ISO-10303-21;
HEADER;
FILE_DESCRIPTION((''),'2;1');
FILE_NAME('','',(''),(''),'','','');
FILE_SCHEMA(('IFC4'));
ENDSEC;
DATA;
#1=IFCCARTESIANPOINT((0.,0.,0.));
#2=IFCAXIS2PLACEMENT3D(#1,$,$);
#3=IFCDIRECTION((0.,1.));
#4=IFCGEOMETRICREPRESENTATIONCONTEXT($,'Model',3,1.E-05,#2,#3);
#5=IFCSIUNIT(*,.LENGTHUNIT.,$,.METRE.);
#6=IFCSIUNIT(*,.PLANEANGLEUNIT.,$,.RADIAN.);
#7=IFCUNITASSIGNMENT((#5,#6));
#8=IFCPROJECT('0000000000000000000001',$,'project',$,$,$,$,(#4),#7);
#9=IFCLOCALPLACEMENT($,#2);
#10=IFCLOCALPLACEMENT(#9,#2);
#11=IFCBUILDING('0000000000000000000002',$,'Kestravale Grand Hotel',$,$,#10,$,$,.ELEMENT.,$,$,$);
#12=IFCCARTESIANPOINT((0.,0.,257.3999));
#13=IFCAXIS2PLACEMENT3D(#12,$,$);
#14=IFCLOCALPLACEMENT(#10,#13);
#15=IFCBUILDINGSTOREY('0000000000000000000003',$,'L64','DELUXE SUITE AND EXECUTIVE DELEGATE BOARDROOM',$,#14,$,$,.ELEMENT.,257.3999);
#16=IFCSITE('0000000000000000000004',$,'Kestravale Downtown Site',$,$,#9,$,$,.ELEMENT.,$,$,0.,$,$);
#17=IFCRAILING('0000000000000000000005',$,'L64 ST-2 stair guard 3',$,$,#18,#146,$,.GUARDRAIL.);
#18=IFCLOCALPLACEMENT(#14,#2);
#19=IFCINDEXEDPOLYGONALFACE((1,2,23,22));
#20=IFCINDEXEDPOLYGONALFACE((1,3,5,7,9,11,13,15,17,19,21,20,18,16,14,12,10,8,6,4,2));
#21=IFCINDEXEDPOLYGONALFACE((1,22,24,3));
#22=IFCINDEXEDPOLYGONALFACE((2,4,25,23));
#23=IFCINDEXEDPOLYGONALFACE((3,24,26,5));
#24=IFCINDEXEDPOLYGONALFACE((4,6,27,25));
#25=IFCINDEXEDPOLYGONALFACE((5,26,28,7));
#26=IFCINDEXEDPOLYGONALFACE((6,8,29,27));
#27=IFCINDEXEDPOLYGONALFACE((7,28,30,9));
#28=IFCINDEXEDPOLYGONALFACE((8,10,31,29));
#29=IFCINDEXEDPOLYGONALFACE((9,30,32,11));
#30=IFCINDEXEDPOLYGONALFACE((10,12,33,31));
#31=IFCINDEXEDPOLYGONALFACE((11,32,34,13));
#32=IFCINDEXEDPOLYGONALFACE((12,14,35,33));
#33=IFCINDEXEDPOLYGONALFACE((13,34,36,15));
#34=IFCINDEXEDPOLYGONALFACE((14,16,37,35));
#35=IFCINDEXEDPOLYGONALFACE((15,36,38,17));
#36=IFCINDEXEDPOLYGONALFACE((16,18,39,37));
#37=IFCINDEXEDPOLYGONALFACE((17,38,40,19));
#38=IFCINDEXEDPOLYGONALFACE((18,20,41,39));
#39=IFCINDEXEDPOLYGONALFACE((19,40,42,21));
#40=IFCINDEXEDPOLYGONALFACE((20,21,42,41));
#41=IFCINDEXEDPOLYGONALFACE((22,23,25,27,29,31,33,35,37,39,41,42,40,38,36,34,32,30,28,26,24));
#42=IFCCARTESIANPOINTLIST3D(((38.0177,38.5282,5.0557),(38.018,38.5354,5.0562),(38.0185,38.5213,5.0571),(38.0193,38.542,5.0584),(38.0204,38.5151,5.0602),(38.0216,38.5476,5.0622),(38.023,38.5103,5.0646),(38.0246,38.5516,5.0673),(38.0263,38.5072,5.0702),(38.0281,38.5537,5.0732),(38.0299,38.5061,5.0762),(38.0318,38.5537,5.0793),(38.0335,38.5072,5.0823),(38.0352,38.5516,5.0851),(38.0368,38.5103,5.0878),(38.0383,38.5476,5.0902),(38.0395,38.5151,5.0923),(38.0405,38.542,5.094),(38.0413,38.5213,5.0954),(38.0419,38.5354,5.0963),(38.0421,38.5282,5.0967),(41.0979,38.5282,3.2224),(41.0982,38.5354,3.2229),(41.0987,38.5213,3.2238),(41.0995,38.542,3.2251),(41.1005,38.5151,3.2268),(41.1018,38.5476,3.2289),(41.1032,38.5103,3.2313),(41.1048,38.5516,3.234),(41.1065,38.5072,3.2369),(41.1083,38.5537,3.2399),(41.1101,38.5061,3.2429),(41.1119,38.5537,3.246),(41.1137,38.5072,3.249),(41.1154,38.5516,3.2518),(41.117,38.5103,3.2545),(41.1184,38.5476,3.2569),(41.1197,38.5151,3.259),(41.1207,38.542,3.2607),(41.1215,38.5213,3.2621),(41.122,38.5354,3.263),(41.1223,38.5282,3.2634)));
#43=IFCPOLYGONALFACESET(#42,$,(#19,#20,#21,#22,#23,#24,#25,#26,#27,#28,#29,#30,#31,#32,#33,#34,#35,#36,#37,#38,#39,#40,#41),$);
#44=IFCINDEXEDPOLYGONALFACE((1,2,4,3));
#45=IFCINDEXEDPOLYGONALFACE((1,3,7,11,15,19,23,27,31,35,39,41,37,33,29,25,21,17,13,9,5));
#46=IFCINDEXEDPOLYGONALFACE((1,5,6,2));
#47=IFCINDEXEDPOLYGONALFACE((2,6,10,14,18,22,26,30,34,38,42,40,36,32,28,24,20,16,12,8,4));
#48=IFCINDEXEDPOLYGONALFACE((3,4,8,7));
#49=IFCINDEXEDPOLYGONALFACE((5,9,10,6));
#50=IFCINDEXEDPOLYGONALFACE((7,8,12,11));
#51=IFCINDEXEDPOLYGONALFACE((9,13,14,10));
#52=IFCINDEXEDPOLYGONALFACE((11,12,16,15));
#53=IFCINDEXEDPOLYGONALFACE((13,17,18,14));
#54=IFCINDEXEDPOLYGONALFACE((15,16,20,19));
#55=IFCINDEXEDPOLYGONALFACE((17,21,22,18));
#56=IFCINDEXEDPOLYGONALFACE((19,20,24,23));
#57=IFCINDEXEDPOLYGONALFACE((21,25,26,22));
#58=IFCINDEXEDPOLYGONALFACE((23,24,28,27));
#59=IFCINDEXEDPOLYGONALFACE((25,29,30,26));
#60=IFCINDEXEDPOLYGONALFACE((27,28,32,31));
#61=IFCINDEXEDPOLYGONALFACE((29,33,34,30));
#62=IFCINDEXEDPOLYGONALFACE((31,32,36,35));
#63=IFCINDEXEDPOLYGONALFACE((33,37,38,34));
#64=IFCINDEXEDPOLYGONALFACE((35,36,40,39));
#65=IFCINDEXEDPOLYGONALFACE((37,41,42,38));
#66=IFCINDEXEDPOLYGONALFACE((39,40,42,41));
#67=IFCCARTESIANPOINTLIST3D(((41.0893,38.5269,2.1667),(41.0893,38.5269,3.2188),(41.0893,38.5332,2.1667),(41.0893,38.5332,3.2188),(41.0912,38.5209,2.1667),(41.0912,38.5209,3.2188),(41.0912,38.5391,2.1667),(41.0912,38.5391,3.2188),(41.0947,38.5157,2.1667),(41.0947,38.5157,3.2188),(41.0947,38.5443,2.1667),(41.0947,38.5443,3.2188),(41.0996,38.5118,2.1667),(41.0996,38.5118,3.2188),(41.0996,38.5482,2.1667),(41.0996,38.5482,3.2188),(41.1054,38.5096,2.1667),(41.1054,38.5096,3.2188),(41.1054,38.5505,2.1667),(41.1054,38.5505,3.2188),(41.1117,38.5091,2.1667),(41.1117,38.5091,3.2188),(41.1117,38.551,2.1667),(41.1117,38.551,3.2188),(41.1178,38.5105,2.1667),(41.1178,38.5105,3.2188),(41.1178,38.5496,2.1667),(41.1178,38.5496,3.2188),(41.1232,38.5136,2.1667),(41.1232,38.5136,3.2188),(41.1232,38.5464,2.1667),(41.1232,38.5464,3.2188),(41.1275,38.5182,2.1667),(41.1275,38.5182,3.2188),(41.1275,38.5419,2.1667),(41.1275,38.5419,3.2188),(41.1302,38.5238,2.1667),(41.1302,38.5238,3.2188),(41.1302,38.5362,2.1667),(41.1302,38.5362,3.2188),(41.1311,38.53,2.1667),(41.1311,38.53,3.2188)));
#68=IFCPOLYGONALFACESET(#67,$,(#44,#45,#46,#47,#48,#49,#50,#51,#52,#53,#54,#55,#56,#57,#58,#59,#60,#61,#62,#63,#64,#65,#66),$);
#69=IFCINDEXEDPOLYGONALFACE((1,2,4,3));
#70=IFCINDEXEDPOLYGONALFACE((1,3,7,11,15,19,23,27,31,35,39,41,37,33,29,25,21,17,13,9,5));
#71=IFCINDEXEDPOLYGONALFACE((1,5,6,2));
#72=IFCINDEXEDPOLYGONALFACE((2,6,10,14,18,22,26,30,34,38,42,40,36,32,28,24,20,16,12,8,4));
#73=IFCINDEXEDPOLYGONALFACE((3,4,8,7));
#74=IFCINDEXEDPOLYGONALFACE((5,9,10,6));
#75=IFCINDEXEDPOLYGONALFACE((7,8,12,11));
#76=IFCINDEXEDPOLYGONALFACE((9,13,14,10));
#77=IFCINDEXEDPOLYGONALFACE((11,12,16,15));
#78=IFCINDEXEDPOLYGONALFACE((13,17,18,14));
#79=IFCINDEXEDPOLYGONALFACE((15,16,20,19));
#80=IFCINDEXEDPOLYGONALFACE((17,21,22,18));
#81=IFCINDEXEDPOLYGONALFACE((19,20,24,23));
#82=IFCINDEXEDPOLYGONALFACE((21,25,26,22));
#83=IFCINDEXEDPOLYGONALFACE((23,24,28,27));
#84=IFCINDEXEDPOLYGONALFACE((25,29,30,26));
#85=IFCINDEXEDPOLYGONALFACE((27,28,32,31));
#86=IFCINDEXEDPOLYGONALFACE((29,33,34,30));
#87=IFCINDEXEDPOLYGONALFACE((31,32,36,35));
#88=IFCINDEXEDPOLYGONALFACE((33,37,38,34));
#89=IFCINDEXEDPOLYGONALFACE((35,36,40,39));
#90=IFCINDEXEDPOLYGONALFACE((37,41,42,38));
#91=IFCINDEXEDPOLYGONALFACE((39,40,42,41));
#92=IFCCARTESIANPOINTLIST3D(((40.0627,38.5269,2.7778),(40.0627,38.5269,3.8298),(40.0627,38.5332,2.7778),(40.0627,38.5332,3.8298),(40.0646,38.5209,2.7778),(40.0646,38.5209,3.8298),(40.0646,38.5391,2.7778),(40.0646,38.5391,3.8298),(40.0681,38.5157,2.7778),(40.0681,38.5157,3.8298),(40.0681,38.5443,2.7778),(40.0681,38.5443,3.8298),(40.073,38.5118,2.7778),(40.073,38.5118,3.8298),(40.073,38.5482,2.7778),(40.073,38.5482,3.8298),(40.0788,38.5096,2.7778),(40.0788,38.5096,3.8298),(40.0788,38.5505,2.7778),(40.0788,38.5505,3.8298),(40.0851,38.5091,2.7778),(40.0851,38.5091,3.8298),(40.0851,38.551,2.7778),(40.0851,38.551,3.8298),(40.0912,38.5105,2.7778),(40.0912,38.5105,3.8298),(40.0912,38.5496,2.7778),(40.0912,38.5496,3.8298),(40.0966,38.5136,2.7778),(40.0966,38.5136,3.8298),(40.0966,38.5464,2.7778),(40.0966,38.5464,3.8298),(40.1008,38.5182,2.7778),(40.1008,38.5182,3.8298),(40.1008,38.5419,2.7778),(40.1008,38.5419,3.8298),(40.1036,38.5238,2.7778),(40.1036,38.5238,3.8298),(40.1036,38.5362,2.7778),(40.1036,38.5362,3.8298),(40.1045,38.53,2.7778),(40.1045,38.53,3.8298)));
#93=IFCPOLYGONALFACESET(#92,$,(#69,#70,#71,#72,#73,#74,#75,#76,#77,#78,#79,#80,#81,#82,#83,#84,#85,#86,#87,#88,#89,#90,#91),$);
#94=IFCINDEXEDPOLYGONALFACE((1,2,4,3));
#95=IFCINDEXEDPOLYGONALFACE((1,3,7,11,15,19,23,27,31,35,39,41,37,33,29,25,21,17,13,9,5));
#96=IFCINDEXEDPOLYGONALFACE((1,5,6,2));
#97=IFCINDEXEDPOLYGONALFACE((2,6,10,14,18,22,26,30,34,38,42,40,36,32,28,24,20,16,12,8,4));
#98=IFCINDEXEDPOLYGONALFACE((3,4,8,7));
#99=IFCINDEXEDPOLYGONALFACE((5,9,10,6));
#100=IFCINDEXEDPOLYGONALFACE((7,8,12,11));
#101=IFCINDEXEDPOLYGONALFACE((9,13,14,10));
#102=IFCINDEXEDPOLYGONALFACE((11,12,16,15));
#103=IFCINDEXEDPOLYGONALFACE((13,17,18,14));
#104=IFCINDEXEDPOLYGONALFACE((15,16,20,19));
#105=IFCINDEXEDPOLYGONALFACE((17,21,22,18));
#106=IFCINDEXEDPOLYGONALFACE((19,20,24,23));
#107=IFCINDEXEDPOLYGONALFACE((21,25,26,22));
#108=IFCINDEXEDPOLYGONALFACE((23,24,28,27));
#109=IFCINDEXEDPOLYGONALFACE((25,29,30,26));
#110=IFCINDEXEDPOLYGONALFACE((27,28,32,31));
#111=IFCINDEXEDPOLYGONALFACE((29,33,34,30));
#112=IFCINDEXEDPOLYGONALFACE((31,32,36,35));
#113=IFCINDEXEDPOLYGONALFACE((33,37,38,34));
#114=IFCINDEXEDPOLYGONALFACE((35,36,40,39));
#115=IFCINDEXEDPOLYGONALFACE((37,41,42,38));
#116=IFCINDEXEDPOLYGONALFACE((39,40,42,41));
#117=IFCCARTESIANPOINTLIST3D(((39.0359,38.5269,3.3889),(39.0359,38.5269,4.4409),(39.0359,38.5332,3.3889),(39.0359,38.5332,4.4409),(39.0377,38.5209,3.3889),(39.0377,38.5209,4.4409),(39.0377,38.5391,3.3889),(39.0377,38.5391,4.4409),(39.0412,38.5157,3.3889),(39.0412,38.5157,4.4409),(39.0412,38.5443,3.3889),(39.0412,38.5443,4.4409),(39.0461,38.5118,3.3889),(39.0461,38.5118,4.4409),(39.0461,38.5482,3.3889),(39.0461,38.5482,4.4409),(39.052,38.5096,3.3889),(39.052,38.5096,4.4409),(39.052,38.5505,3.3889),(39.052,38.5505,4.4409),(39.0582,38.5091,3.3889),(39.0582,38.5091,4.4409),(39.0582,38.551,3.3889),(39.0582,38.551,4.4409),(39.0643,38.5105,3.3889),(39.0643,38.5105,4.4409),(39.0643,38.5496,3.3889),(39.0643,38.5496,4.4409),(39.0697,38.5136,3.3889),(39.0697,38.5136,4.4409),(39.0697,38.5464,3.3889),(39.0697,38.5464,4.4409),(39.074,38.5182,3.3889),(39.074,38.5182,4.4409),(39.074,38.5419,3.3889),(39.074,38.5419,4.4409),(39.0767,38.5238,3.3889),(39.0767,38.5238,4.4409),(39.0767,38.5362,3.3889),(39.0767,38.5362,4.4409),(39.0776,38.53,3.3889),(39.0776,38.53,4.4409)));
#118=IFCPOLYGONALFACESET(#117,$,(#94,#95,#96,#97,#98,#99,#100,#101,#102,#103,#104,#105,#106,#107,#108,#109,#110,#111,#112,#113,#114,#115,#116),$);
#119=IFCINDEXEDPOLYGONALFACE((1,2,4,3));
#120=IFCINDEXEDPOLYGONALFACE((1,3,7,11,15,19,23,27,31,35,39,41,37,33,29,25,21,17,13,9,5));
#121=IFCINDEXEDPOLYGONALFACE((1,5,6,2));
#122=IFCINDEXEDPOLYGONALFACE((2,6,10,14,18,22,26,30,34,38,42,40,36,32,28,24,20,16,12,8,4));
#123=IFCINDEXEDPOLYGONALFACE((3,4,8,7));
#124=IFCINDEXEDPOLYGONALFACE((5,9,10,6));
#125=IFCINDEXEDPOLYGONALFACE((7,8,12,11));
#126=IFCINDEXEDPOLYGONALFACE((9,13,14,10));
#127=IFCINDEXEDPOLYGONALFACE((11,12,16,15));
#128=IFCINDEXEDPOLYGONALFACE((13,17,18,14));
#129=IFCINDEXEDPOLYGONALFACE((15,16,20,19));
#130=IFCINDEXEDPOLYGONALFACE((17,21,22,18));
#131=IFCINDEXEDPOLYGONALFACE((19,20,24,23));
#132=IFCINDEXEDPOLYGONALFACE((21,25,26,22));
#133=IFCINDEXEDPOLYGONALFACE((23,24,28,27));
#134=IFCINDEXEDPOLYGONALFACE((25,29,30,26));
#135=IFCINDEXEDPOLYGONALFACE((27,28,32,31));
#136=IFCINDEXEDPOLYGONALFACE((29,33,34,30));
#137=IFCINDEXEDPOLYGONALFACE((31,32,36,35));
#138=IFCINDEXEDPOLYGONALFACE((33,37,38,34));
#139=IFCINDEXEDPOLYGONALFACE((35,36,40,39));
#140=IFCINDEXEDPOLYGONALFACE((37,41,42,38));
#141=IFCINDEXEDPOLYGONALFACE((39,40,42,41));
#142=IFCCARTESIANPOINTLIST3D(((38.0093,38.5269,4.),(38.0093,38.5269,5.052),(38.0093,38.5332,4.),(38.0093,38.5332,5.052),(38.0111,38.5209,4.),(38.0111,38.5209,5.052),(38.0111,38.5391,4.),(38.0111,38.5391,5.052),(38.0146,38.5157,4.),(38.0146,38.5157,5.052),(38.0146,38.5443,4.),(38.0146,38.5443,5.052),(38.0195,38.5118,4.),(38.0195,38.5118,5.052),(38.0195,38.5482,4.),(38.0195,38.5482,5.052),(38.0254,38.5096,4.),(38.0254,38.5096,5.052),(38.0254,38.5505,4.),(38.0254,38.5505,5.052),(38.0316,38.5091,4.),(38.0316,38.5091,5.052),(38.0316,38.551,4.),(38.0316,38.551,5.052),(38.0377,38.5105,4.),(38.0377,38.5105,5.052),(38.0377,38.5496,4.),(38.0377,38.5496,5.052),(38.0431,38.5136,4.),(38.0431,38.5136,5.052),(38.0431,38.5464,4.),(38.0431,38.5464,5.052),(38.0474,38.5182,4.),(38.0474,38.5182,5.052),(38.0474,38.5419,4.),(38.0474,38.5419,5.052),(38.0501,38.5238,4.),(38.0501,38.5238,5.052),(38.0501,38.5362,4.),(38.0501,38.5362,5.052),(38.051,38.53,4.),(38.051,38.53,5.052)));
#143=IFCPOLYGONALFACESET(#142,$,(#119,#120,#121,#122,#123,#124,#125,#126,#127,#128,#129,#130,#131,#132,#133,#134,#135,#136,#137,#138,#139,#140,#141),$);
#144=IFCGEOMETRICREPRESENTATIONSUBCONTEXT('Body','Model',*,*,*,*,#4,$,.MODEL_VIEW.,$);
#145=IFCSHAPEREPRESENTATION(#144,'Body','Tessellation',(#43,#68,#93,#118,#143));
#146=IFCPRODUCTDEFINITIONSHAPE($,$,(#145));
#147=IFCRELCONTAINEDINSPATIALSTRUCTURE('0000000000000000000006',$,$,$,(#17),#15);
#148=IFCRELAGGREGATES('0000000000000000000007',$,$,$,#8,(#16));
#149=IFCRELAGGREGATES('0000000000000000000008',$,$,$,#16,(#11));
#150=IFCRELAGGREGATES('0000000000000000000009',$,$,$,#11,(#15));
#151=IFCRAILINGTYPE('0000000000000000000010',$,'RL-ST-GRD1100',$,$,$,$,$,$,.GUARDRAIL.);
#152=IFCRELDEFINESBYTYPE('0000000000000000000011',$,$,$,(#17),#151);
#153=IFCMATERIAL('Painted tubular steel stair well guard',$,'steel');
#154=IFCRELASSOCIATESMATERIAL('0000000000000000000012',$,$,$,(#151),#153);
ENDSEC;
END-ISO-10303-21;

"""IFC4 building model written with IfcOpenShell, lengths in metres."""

from ifc_helpers import new_model, si_unit, direction, frame, origin, origin_2d, place, context, subcontext, project, spatial, circle, extrude, material, type_object, element, save


model = new_model("IFC4")

# Units and contexts
model_context = context("Model", 3, precision=1e-05, world=origin(), true_north=direction((0.0, 1.0)))
body_context = subcontext(model_context, "Body", "Model", "MODEL_VIEW")
ifc_project = project(units=[si_unit("LENGTHUNIT", "METRE"), si_unit("PLANEANGLEUNIT", "RADIAN")], contexts=[model_context])

# Site, building, storey
site_placement = place(None, origin())
site = spatial("IfcSite", under=ifc_project, at=site_placement, Name="Kestravale Downtown Site", CompositionType="ELEMENT", RefElevation=0.0)
building_placement = place(site_placement, origin())
building = spatial("IfcBuilding", under=site, at=building_placement, Name="Kestravale Grand Hotel", CompositionType="ELEMENT")
storey_placement = place(building_placement, frame((0.0, 0.0, 257.3999)))
storey = spatial("IfcBuildingStorey", under=building, at=storey_placement, Name="L64", Description="DELUXE SUITE AND EXECUTIVE DELEGATE BOARDROOM", CompositionType="ELEMENT", Elevation=257.3999)

# Railing
ifc_material_1 = material(Name="Painted tubular steel stair well guard", Category="steel")
railing_type_1 = type_object("IfcRailingType", Name="RL-ST-GRD1100", PredefinedType="GUARDRAIL", material=ifc_material_1)
railing_1_placement = place(storey_placement, frame((41.1101, 38.53, 2.1667)))
element("IfcRailing", 1, at=railing_1_placement, inside=storey, type_object=railing_type_1, Name="L64 ST-2 stair guard 3", PredefinedType="GUARDRAIL", context=body_context, shape_type="SweptSolid", body=[
    extrude(circle(Radius=0.0239, at=origin_2d()), frame((0.0, 0.0, 1.0762), z_axis=(-0.859309, 0.0, 0.511458), x_axis=(0.0, -1.0, 0.0)), (0.0, 0.0, 1.0), 3.5845),
    extrude(circle(Radius=0.021, at=origin_2d()), origin(), (0.0, 0.0, 1.0), 1.052),
    extrude(circle(Radius=0.021, at=origin_2d()), frame((-1.0266, 0.0, 0.6111)), (0.0, 0.0, 1.0), 1.052),
    extrude(circle(Radius=0.021, at=origin_2d()), frame((-2.0535, 0.0, 1.2222)), (0.0, 0.0, 1.0), 1.052),
    extrude(circle(Radius=0.021, at=origin_2d()), frame((-3.0801, 0.0, 1.8333)), (0.0, 0.0, 1.0), 1.052),
])

save(model, "model.ifc")
